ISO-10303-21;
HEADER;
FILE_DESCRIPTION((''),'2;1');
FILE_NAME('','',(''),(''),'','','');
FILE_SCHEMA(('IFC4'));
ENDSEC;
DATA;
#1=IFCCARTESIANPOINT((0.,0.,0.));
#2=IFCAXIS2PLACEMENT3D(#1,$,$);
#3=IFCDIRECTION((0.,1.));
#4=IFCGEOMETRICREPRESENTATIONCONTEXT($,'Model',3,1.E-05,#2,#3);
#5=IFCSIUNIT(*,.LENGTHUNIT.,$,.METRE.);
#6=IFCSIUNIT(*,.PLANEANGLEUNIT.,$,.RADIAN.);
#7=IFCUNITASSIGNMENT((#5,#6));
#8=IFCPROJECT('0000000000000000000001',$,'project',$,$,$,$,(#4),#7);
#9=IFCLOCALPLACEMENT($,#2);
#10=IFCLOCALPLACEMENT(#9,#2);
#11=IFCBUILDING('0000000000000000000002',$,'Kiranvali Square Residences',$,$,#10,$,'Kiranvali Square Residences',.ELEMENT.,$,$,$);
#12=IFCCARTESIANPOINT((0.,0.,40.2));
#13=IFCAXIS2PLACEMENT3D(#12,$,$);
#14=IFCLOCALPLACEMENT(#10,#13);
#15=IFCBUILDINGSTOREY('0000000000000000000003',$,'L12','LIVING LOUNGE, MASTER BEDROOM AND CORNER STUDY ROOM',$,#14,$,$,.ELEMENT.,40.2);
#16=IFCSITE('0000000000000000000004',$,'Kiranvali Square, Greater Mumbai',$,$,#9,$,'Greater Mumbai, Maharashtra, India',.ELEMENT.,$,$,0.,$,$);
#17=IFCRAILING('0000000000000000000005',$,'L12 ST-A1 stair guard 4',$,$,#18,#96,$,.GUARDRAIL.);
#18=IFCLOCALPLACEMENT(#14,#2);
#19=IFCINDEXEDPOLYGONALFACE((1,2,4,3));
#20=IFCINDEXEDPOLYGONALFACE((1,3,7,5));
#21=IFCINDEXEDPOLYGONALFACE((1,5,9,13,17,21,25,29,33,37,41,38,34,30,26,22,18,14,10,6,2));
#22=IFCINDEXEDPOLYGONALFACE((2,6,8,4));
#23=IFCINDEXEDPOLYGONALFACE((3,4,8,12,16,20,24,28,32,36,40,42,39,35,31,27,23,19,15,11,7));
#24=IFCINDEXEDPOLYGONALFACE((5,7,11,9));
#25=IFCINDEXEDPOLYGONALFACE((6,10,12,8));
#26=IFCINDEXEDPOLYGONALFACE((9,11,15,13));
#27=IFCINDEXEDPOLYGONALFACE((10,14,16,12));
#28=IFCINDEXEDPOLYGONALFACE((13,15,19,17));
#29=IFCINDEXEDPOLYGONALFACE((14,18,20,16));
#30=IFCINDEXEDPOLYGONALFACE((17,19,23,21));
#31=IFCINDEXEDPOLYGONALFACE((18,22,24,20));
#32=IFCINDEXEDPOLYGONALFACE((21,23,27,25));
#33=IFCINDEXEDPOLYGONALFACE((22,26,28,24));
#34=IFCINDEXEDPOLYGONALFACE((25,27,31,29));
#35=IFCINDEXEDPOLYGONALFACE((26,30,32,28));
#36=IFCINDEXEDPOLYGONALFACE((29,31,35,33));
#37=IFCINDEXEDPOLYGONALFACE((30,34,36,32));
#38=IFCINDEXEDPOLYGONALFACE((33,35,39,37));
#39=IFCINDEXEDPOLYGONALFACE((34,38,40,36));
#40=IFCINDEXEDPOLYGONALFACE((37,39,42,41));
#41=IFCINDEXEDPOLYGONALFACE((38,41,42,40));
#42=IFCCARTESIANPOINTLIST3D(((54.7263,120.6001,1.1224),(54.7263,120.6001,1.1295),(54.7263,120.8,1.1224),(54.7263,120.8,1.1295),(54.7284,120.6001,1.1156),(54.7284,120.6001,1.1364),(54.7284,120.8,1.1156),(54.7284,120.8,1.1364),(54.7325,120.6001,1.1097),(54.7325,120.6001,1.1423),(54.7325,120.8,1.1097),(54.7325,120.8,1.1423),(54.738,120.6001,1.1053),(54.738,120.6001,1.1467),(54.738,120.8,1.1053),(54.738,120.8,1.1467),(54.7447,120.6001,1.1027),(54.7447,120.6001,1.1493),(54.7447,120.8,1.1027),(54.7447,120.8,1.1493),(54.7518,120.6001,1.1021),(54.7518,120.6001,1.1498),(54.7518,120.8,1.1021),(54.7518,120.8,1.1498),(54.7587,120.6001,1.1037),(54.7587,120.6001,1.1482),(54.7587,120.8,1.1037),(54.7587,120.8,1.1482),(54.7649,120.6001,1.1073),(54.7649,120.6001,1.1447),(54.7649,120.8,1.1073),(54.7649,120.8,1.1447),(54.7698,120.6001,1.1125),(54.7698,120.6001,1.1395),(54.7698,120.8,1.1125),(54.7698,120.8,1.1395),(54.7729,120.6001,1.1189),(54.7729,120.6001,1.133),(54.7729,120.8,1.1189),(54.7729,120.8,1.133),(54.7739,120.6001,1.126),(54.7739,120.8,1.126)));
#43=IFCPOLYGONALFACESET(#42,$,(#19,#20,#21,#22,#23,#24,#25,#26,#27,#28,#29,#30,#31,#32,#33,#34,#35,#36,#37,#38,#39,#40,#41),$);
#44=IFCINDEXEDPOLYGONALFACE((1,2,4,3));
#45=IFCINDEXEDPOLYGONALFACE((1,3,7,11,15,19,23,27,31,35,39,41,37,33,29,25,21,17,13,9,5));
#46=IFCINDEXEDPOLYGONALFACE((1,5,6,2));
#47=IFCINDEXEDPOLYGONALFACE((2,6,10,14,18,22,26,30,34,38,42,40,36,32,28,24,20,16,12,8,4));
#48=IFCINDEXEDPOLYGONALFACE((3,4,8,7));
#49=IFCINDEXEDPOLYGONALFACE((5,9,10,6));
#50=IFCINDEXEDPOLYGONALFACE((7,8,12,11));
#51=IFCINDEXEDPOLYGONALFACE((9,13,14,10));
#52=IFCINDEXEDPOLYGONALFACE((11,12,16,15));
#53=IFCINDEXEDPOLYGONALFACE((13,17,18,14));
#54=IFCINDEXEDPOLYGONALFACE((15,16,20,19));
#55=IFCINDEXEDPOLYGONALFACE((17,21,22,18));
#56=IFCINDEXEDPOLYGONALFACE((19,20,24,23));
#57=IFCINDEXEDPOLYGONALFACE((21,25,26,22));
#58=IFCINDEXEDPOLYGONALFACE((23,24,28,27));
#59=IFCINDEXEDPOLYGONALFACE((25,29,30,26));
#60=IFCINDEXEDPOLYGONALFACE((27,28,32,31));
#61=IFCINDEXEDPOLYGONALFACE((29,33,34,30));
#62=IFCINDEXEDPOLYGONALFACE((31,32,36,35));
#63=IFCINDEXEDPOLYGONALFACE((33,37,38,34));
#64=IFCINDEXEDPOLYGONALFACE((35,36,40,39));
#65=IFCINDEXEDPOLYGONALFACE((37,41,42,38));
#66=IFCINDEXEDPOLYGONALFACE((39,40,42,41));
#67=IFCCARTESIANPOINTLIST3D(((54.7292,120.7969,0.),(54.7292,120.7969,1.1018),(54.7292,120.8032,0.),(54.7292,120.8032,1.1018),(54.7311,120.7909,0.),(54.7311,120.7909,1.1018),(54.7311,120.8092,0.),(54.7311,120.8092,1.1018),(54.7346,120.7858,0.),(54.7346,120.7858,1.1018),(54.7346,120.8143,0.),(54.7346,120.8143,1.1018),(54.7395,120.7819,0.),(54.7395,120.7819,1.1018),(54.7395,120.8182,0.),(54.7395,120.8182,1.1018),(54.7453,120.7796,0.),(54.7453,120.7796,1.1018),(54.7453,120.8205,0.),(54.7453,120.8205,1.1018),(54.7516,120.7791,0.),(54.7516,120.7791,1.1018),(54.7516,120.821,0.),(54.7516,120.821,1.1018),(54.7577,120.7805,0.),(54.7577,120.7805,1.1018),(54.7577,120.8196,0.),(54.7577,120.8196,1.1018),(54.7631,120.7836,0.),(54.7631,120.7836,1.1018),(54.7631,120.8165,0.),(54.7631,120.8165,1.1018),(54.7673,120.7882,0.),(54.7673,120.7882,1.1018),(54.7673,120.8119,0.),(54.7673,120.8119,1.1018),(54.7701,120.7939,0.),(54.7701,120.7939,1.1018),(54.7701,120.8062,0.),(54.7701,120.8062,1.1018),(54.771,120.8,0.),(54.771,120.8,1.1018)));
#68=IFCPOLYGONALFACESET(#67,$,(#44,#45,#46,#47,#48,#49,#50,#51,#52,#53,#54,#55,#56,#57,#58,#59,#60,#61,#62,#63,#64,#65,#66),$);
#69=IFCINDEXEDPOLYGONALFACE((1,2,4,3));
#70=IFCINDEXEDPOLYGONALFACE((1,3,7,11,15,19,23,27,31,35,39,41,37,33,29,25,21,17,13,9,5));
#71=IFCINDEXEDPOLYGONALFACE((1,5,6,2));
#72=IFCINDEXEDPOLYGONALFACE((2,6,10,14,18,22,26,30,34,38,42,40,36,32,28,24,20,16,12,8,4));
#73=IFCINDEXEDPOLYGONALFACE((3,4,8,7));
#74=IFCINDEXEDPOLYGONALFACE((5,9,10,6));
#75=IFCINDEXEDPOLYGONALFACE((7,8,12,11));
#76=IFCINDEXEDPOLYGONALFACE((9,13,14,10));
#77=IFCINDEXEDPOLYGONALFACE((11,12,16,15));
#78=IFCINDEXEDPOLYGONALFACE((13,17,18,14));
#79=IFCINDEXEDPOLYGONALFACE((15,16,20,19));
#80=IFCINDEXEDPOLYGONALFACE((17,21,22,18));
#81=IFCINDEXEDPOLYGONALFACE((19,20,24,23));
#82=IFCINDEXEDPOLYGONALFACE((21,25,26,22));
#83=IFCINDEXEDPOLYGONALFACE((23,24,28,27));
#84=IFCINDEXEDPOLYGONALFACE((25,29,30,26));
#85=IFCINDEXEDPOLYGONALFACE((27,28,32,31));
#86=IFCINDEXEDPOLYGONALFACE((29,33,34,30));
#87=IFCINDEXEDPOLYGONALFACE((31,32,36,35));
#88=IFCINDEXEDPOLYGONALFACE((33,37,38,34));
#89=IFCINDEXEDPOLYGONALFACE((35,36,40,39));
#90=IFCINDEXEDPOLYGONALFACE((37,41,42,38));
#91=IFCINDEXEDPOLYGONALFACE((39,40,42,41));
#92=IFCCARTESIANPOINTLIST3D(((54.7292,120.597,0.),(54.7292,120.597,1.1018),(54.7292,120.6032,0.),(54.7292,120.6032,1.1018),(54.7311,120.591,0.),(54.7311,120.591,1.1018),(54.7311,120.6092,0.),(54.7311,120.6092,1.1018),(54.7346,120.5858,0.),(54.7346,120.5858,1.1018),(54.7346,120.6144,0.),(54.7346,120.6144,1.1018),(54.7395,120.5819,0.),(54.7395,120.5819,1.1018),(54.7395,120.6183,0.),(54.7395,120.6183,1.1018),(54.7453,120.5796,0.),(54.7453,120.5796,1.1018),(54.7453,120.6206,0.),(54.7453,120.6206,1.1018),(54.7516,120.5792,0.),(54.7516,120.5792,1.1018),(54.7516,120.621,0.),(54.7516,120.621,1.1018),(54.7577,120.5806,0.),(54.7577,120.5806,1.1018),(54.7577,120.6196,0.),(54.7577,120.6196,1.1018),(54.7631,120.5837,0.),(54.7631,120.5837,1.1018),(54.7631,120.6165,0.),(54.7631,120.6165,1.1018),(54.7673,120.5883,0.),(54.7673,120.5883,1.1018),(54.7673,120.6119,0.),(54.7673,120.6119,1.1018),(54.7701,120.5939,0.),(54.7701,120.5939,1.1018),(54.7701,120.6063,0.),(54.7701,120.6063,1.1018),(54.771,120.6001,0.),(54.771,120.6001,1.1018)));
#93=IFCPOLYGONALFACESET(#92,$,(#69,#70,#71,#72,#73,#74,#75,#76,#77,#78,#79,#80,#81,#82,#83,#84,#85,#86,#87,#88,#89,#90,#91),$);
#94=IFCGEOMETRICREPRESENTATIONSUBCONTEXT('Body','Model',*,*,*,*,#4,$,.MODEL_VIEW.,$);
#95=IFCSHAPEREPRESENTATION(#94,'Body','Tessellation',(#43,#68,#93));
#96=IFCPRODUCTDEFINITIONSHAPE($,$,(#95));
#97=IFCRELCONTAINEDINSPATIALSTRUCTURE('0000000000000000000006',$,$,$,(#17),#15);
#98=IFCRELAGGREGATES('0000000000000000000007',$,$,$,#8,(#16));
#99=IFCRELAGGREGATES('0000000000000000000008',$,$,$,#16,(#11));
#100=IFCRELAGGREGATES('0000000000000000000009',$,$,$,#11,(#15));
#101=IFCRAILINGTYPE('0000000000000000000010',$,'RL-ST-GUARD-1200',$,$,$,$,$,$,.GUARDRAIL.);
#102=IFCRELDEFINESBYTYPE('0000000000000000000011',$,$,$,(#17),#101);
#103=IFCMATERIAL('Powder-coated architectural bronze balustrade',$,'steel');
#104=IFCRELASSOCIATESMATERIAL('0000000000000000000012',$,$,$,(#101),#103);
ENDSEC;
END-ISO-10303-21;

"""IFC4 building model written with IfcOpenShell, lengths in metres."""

from ifc_helpers import new_model, si_unit, direction, frame, origin, origin_2d, place, context, subcontext, project, spatial, circle, extrude, material, type_object, element, save


model = new_model("IFC4")

# Units and contexts
model_context = context("Model", 3, precision=1e-05, world=origin(), true_north=direction((0.0, 1.0)))
body_context = subcontext(model_context, "Body", "Model", "MODEL_VIEW")
ifc_project = project(units=[si_unit("LENGTHUNIT", "METRE"), si_unit("PLANEANGLEUNIT", "RADIAN")], contexts=[model_context])

# Site, building, storey
site_placement = place(None, origin())
site = spatial("IfcSite", under=ifc_project, at=site_placement, Name="Kiranvali Square, Greater Mumbai", LongName="Greater Mumbai, Maharashtra, India", CompositionType="ELEMENT", RefElevation=0.0)
building_placement = place(site_placement, origin())
building = spatial("IfcBuilding", under=site, at=building_placement, Name="Kiranvali Square Residences", LongName="Kiranvali Square Residences", CompositionType="ELEMENT")
storey_placement = place(building_placement, frame((0.0, 0.0, 40.2)))
storey = spatial("IfcBuildingStorey", under=building, at=storey_placement, Name="L12", Description="LIVING LOUNGE, MASTER BEDROOM AND CORNER STUDY ROOM", CompositionType="ELEMENT", Elevation=40.2)

# Railing
ifc_material_1 = material(Name="Powder-coated architectural bronze balustrade", Category="steel")
railing_type_1 = type_object("IfcRailingType", Name="RL-ST-GUARD-1200", PredefinedType="GUARDRAIL", material=ifc_material_1)
railing_1_placement = place(storey_placement, frame((54.75, 120.8, 0.0)))
element("IfcRailing", 1, at=railing_1_placement, inside=storey, type_object=railing_type_1, Name="L12 ST-A1 stair guard 4", PredefinedType="GUARDRAIL", context=body_context, shape_type="SweptSolid", body=[
    extrude(circle(Radius=0.0239, at=origin_2d()), frame((0.0, 0.0, 1.126), z_axis=(0.0, -1.0, 0.0), x_axis=(1.0, 0.0, 0.0)), (0.0, 0.0, 1.0), 0.2),
    extrude(circle(Radius=0.021, at=origin_2d()), origin(), (0.0, 0.0, 1.0), 1.1018),
    extrude(circle(Radius=0.021, at=origin_2d()), frame((0.0, -0.2, 0.0)), (0.0, 0.0, 1.0), 1.1018),
])

save(model, "model.ifc")
